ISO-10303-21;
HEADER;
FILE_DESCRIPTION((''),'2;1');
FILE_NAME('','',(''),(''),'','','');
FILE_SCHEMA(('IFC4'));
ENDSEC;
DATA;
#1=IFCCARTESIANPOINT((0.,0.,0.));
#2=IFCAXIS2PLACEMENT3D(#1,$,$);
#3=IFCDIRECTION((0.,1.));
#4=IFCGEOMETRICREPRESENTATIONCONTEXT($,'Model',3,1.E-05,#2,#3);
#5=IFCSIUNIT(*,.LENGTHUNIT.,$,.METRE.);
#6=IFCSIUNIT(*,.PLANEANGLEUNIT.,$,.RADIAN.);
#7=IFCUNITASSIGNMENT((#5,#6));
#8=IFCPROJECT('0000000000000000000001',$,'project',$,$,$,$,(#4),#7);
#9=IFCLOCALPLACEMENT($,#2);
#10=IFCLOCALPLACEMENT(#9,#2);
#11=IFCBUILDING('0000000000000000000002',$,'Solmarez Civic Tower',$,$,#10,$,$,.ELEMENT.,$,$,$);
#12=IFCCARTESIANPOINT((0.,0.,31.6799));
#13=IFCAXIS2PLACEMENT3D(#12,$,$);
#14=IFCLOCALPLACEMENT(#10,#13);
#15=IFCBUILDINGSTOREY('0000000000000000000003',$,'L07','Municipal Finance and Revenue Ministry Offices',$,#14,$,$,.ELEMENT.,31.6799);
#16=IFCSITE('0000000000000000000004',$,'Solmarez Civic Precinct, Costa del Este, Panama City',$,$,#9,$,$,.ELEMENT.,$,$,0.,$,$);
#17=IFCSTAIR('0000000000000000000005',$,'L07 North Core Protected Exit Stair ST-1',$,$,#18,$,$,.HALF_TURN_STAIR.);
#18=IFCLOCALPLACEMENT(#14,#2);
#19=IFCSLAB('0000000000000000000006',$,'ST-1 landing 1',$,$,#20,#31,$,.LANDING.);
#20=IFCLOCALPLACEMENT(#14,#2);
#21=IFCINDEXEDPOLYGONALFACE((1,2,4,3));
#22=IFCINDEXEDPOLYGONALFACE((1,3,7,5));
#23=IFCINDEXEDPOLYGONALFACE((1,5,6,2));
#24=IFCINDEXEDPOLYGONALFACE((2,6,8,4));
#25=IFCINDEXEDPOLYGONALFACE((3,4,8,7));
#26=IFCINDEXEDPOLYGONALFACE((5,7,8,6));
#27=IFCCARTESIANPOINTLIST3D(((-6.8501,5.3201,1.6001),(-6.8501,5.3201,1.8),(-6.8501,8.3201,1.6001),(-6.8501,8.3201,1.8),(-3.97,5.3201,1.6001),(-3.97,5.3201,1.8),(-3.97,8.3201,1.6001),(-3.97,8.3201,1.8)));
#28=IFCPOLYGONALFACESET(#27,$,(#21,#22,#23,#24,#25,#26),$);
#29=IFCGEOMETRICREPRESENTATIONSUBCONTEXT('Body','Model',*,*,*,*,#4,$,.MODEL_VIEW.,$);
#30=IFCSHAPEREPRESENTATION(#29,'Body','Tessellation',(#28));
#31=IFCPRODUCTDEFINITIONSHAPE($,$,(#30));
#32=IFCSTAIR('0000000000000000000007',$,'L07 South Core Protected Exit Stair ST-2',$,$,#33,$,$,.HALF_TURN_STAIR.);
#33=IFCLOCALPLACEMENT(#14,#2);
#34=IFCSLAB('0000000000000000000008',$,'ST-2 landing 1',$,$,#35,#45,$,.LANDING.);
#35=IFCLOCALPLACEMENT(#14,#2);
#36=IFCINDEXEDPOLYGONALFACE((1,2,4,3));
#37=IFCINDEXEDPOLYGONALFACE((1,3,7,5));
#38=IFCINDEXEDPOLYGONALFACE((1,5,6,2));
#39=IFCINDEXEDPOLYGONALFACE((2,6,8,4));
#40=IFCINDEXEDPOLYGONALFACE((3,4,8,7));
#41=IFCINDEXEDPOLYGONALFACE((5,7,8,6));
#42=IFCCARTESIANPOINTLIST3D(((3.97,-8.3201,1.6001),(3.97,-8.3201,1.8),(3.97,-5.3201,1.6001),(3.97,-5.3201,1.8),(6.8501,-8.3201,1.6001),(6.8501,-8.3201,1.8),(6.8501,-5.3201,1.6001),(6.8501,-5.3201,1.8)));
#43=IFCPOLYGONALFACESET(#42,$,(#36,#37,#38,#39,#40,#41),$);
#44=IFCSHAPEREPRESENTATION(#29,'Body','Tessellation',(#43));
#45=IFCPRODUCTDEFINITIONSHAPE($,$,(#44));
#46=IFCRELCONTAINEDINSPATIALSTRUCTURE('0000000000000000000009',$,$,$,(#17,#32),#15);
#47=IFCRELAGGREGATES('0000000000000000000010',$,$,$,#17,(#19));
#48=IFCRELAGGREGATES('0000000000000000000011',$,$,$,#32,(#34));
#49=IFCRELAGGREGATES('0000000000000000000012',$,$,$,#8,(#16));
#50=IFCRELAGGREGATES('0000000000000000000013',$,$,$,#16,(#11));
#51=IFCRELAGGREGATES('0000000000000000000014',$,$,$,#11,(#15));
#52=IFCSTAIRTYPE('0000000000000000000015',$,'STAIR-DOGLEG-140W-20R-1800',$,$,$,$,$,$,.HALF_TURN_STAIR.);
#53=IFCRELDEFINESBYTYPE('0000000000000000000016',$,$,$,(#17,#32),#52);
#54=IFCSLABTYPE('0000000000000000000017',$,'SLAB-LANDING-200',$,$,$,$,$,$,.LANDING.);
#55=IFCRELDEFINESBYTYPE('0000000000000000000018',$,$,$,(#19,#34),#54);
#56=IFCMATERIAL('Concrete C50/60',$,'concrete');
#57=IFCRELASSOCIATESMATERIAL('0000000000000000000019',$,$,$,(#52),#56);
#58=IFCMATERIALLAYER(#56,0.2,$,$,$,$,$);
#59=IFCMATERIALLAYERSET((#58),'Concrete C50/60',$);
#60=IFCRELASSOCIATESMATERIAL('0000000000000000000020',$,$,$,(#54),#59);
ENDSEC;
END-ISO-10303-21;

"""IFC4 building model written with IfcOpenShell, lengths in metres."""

from ifc_helpers import new_model, si_unit, direction, frame, origin, place, context, subcontext, project, spatial, polyline, outline, extrude, material, layer, layer_set, type_object, element, aggregate, save


model = new_model("IFC4")

# Units and contexts
model_context = context("Model", 3, precision=1e-05, world=origin(), true_north=direction((0.0, 1.0)))
body_context = subcontext(model_context, "Body", "Model", "MODEL_VIEW")
ifc_project = project(units=[si_unit("LENGTHUNIT", "METRE"), si_unit("PLANEANGLEUNIT", "RADIAN")], contexts=[model_context])

# Site, building, storey
site_placement = place(None, origin())
site = spatial("IfcSite", under=ifc_project, at=site_placement, Name="Solmarez Civic Precinct, Costa del Este, Panama City", CompositionType="ELEMENT", RefElevation=0.0)
building_placement = place(site_placement, origin())
building = spatial("IfcBuilding", under=site, at=building_placement, Name="Solmarez Civic Tower", CompositionType="ELEMENT")
storey_placement = place(building_placement, frame((0.0, 0.0, 31.6799)))
storey = spatial("IfcBuildingStorey", under=building, at=storey_placement, Name="L07", Description="Municipal Finance and Revenue Ministry Offices", CompositionType="ELEMENT", Elevation=31.6799)

# Stairs, slabs
ifc_material_1 = material(Name="Concrete C50/60", Category="concrete")
stair_type = type_object("IfcStairType", Name="STAIR-DOGLEG-140W-20R-1800", PredefinedType="HALF_TURN_STAIR", material=ifc_material_1)
stair_1_placement = place(storey_placement, origin())
stair_1 = element("IfcStair", 1, at=stair_1_placement, inside=storey, type_object=stair_type, Name="L07 North Core Protected Exit Stair ST-1", PredefinedType="HALF_TURN_STAIR")
ifc_layer_1 = layer(ifc_material_1, 0.2)
ifc_layer_set_1 = layer_set([ifc_layer_1], Name="Concrete C50/60")
slab_type_1 = type_object("IfcSlabType", Name="SLAB-LANDING-200", PredefinedType="LANDING", material=ifc_layer_set_1)
slab_1_placement = place(storey_placement, frame((0.0, 0.0, 1.6001)))
slab_1 = element("IfcSlab", 2, at=slab_1_placement, type_object=slab_type_1, Name="ST-1 landing 1", PredefinedType="LANDING", context=body_context, shape_type="SweptSolid", body=[
    extrude(outline(polyline([(-3.97, 8.3201), (-6.8501, 8.3201), (-6.8501, 5.3201), (-3.97, 5.3201), (-3.97, 8.3201)])), origin(), (0.0, 0.0, 1.0), 0.2),
])
aggregate(stair_1, [slab_1])
stair_2_placement = place(storey_placement, origin())
stair_2 = element("IfcStair", 3, at=stair_2_placement, inside=storey, type_object=stair_type, Name="L07 South Core Protected Exit Stair ST-2", PredefinedType="HALF_TURN_STAIR")
slab_2_placement = place(storey_placement, frame((0.0, 0.0, 1.6001)))
slab_2 = element("IfcSlab", 4, at=slab_2_placement, type_object=slab_type_1, Name="ST-2 landing 1", PredefinedType="LANDING", context=body_context, shape_type="SweptSolid", body=[
    extrude(outline(polyline([(3.97, -8.3201), (6.8501, -8.3201), (6.8501, -5.3201), (3.97, -5.3201), (3.97, -8.3201)])), origin(), (0.0, 0.0, 1.0), 0.2),
])

aggregate(stair_2, [slab_2])

save(model, "model.ifc")
